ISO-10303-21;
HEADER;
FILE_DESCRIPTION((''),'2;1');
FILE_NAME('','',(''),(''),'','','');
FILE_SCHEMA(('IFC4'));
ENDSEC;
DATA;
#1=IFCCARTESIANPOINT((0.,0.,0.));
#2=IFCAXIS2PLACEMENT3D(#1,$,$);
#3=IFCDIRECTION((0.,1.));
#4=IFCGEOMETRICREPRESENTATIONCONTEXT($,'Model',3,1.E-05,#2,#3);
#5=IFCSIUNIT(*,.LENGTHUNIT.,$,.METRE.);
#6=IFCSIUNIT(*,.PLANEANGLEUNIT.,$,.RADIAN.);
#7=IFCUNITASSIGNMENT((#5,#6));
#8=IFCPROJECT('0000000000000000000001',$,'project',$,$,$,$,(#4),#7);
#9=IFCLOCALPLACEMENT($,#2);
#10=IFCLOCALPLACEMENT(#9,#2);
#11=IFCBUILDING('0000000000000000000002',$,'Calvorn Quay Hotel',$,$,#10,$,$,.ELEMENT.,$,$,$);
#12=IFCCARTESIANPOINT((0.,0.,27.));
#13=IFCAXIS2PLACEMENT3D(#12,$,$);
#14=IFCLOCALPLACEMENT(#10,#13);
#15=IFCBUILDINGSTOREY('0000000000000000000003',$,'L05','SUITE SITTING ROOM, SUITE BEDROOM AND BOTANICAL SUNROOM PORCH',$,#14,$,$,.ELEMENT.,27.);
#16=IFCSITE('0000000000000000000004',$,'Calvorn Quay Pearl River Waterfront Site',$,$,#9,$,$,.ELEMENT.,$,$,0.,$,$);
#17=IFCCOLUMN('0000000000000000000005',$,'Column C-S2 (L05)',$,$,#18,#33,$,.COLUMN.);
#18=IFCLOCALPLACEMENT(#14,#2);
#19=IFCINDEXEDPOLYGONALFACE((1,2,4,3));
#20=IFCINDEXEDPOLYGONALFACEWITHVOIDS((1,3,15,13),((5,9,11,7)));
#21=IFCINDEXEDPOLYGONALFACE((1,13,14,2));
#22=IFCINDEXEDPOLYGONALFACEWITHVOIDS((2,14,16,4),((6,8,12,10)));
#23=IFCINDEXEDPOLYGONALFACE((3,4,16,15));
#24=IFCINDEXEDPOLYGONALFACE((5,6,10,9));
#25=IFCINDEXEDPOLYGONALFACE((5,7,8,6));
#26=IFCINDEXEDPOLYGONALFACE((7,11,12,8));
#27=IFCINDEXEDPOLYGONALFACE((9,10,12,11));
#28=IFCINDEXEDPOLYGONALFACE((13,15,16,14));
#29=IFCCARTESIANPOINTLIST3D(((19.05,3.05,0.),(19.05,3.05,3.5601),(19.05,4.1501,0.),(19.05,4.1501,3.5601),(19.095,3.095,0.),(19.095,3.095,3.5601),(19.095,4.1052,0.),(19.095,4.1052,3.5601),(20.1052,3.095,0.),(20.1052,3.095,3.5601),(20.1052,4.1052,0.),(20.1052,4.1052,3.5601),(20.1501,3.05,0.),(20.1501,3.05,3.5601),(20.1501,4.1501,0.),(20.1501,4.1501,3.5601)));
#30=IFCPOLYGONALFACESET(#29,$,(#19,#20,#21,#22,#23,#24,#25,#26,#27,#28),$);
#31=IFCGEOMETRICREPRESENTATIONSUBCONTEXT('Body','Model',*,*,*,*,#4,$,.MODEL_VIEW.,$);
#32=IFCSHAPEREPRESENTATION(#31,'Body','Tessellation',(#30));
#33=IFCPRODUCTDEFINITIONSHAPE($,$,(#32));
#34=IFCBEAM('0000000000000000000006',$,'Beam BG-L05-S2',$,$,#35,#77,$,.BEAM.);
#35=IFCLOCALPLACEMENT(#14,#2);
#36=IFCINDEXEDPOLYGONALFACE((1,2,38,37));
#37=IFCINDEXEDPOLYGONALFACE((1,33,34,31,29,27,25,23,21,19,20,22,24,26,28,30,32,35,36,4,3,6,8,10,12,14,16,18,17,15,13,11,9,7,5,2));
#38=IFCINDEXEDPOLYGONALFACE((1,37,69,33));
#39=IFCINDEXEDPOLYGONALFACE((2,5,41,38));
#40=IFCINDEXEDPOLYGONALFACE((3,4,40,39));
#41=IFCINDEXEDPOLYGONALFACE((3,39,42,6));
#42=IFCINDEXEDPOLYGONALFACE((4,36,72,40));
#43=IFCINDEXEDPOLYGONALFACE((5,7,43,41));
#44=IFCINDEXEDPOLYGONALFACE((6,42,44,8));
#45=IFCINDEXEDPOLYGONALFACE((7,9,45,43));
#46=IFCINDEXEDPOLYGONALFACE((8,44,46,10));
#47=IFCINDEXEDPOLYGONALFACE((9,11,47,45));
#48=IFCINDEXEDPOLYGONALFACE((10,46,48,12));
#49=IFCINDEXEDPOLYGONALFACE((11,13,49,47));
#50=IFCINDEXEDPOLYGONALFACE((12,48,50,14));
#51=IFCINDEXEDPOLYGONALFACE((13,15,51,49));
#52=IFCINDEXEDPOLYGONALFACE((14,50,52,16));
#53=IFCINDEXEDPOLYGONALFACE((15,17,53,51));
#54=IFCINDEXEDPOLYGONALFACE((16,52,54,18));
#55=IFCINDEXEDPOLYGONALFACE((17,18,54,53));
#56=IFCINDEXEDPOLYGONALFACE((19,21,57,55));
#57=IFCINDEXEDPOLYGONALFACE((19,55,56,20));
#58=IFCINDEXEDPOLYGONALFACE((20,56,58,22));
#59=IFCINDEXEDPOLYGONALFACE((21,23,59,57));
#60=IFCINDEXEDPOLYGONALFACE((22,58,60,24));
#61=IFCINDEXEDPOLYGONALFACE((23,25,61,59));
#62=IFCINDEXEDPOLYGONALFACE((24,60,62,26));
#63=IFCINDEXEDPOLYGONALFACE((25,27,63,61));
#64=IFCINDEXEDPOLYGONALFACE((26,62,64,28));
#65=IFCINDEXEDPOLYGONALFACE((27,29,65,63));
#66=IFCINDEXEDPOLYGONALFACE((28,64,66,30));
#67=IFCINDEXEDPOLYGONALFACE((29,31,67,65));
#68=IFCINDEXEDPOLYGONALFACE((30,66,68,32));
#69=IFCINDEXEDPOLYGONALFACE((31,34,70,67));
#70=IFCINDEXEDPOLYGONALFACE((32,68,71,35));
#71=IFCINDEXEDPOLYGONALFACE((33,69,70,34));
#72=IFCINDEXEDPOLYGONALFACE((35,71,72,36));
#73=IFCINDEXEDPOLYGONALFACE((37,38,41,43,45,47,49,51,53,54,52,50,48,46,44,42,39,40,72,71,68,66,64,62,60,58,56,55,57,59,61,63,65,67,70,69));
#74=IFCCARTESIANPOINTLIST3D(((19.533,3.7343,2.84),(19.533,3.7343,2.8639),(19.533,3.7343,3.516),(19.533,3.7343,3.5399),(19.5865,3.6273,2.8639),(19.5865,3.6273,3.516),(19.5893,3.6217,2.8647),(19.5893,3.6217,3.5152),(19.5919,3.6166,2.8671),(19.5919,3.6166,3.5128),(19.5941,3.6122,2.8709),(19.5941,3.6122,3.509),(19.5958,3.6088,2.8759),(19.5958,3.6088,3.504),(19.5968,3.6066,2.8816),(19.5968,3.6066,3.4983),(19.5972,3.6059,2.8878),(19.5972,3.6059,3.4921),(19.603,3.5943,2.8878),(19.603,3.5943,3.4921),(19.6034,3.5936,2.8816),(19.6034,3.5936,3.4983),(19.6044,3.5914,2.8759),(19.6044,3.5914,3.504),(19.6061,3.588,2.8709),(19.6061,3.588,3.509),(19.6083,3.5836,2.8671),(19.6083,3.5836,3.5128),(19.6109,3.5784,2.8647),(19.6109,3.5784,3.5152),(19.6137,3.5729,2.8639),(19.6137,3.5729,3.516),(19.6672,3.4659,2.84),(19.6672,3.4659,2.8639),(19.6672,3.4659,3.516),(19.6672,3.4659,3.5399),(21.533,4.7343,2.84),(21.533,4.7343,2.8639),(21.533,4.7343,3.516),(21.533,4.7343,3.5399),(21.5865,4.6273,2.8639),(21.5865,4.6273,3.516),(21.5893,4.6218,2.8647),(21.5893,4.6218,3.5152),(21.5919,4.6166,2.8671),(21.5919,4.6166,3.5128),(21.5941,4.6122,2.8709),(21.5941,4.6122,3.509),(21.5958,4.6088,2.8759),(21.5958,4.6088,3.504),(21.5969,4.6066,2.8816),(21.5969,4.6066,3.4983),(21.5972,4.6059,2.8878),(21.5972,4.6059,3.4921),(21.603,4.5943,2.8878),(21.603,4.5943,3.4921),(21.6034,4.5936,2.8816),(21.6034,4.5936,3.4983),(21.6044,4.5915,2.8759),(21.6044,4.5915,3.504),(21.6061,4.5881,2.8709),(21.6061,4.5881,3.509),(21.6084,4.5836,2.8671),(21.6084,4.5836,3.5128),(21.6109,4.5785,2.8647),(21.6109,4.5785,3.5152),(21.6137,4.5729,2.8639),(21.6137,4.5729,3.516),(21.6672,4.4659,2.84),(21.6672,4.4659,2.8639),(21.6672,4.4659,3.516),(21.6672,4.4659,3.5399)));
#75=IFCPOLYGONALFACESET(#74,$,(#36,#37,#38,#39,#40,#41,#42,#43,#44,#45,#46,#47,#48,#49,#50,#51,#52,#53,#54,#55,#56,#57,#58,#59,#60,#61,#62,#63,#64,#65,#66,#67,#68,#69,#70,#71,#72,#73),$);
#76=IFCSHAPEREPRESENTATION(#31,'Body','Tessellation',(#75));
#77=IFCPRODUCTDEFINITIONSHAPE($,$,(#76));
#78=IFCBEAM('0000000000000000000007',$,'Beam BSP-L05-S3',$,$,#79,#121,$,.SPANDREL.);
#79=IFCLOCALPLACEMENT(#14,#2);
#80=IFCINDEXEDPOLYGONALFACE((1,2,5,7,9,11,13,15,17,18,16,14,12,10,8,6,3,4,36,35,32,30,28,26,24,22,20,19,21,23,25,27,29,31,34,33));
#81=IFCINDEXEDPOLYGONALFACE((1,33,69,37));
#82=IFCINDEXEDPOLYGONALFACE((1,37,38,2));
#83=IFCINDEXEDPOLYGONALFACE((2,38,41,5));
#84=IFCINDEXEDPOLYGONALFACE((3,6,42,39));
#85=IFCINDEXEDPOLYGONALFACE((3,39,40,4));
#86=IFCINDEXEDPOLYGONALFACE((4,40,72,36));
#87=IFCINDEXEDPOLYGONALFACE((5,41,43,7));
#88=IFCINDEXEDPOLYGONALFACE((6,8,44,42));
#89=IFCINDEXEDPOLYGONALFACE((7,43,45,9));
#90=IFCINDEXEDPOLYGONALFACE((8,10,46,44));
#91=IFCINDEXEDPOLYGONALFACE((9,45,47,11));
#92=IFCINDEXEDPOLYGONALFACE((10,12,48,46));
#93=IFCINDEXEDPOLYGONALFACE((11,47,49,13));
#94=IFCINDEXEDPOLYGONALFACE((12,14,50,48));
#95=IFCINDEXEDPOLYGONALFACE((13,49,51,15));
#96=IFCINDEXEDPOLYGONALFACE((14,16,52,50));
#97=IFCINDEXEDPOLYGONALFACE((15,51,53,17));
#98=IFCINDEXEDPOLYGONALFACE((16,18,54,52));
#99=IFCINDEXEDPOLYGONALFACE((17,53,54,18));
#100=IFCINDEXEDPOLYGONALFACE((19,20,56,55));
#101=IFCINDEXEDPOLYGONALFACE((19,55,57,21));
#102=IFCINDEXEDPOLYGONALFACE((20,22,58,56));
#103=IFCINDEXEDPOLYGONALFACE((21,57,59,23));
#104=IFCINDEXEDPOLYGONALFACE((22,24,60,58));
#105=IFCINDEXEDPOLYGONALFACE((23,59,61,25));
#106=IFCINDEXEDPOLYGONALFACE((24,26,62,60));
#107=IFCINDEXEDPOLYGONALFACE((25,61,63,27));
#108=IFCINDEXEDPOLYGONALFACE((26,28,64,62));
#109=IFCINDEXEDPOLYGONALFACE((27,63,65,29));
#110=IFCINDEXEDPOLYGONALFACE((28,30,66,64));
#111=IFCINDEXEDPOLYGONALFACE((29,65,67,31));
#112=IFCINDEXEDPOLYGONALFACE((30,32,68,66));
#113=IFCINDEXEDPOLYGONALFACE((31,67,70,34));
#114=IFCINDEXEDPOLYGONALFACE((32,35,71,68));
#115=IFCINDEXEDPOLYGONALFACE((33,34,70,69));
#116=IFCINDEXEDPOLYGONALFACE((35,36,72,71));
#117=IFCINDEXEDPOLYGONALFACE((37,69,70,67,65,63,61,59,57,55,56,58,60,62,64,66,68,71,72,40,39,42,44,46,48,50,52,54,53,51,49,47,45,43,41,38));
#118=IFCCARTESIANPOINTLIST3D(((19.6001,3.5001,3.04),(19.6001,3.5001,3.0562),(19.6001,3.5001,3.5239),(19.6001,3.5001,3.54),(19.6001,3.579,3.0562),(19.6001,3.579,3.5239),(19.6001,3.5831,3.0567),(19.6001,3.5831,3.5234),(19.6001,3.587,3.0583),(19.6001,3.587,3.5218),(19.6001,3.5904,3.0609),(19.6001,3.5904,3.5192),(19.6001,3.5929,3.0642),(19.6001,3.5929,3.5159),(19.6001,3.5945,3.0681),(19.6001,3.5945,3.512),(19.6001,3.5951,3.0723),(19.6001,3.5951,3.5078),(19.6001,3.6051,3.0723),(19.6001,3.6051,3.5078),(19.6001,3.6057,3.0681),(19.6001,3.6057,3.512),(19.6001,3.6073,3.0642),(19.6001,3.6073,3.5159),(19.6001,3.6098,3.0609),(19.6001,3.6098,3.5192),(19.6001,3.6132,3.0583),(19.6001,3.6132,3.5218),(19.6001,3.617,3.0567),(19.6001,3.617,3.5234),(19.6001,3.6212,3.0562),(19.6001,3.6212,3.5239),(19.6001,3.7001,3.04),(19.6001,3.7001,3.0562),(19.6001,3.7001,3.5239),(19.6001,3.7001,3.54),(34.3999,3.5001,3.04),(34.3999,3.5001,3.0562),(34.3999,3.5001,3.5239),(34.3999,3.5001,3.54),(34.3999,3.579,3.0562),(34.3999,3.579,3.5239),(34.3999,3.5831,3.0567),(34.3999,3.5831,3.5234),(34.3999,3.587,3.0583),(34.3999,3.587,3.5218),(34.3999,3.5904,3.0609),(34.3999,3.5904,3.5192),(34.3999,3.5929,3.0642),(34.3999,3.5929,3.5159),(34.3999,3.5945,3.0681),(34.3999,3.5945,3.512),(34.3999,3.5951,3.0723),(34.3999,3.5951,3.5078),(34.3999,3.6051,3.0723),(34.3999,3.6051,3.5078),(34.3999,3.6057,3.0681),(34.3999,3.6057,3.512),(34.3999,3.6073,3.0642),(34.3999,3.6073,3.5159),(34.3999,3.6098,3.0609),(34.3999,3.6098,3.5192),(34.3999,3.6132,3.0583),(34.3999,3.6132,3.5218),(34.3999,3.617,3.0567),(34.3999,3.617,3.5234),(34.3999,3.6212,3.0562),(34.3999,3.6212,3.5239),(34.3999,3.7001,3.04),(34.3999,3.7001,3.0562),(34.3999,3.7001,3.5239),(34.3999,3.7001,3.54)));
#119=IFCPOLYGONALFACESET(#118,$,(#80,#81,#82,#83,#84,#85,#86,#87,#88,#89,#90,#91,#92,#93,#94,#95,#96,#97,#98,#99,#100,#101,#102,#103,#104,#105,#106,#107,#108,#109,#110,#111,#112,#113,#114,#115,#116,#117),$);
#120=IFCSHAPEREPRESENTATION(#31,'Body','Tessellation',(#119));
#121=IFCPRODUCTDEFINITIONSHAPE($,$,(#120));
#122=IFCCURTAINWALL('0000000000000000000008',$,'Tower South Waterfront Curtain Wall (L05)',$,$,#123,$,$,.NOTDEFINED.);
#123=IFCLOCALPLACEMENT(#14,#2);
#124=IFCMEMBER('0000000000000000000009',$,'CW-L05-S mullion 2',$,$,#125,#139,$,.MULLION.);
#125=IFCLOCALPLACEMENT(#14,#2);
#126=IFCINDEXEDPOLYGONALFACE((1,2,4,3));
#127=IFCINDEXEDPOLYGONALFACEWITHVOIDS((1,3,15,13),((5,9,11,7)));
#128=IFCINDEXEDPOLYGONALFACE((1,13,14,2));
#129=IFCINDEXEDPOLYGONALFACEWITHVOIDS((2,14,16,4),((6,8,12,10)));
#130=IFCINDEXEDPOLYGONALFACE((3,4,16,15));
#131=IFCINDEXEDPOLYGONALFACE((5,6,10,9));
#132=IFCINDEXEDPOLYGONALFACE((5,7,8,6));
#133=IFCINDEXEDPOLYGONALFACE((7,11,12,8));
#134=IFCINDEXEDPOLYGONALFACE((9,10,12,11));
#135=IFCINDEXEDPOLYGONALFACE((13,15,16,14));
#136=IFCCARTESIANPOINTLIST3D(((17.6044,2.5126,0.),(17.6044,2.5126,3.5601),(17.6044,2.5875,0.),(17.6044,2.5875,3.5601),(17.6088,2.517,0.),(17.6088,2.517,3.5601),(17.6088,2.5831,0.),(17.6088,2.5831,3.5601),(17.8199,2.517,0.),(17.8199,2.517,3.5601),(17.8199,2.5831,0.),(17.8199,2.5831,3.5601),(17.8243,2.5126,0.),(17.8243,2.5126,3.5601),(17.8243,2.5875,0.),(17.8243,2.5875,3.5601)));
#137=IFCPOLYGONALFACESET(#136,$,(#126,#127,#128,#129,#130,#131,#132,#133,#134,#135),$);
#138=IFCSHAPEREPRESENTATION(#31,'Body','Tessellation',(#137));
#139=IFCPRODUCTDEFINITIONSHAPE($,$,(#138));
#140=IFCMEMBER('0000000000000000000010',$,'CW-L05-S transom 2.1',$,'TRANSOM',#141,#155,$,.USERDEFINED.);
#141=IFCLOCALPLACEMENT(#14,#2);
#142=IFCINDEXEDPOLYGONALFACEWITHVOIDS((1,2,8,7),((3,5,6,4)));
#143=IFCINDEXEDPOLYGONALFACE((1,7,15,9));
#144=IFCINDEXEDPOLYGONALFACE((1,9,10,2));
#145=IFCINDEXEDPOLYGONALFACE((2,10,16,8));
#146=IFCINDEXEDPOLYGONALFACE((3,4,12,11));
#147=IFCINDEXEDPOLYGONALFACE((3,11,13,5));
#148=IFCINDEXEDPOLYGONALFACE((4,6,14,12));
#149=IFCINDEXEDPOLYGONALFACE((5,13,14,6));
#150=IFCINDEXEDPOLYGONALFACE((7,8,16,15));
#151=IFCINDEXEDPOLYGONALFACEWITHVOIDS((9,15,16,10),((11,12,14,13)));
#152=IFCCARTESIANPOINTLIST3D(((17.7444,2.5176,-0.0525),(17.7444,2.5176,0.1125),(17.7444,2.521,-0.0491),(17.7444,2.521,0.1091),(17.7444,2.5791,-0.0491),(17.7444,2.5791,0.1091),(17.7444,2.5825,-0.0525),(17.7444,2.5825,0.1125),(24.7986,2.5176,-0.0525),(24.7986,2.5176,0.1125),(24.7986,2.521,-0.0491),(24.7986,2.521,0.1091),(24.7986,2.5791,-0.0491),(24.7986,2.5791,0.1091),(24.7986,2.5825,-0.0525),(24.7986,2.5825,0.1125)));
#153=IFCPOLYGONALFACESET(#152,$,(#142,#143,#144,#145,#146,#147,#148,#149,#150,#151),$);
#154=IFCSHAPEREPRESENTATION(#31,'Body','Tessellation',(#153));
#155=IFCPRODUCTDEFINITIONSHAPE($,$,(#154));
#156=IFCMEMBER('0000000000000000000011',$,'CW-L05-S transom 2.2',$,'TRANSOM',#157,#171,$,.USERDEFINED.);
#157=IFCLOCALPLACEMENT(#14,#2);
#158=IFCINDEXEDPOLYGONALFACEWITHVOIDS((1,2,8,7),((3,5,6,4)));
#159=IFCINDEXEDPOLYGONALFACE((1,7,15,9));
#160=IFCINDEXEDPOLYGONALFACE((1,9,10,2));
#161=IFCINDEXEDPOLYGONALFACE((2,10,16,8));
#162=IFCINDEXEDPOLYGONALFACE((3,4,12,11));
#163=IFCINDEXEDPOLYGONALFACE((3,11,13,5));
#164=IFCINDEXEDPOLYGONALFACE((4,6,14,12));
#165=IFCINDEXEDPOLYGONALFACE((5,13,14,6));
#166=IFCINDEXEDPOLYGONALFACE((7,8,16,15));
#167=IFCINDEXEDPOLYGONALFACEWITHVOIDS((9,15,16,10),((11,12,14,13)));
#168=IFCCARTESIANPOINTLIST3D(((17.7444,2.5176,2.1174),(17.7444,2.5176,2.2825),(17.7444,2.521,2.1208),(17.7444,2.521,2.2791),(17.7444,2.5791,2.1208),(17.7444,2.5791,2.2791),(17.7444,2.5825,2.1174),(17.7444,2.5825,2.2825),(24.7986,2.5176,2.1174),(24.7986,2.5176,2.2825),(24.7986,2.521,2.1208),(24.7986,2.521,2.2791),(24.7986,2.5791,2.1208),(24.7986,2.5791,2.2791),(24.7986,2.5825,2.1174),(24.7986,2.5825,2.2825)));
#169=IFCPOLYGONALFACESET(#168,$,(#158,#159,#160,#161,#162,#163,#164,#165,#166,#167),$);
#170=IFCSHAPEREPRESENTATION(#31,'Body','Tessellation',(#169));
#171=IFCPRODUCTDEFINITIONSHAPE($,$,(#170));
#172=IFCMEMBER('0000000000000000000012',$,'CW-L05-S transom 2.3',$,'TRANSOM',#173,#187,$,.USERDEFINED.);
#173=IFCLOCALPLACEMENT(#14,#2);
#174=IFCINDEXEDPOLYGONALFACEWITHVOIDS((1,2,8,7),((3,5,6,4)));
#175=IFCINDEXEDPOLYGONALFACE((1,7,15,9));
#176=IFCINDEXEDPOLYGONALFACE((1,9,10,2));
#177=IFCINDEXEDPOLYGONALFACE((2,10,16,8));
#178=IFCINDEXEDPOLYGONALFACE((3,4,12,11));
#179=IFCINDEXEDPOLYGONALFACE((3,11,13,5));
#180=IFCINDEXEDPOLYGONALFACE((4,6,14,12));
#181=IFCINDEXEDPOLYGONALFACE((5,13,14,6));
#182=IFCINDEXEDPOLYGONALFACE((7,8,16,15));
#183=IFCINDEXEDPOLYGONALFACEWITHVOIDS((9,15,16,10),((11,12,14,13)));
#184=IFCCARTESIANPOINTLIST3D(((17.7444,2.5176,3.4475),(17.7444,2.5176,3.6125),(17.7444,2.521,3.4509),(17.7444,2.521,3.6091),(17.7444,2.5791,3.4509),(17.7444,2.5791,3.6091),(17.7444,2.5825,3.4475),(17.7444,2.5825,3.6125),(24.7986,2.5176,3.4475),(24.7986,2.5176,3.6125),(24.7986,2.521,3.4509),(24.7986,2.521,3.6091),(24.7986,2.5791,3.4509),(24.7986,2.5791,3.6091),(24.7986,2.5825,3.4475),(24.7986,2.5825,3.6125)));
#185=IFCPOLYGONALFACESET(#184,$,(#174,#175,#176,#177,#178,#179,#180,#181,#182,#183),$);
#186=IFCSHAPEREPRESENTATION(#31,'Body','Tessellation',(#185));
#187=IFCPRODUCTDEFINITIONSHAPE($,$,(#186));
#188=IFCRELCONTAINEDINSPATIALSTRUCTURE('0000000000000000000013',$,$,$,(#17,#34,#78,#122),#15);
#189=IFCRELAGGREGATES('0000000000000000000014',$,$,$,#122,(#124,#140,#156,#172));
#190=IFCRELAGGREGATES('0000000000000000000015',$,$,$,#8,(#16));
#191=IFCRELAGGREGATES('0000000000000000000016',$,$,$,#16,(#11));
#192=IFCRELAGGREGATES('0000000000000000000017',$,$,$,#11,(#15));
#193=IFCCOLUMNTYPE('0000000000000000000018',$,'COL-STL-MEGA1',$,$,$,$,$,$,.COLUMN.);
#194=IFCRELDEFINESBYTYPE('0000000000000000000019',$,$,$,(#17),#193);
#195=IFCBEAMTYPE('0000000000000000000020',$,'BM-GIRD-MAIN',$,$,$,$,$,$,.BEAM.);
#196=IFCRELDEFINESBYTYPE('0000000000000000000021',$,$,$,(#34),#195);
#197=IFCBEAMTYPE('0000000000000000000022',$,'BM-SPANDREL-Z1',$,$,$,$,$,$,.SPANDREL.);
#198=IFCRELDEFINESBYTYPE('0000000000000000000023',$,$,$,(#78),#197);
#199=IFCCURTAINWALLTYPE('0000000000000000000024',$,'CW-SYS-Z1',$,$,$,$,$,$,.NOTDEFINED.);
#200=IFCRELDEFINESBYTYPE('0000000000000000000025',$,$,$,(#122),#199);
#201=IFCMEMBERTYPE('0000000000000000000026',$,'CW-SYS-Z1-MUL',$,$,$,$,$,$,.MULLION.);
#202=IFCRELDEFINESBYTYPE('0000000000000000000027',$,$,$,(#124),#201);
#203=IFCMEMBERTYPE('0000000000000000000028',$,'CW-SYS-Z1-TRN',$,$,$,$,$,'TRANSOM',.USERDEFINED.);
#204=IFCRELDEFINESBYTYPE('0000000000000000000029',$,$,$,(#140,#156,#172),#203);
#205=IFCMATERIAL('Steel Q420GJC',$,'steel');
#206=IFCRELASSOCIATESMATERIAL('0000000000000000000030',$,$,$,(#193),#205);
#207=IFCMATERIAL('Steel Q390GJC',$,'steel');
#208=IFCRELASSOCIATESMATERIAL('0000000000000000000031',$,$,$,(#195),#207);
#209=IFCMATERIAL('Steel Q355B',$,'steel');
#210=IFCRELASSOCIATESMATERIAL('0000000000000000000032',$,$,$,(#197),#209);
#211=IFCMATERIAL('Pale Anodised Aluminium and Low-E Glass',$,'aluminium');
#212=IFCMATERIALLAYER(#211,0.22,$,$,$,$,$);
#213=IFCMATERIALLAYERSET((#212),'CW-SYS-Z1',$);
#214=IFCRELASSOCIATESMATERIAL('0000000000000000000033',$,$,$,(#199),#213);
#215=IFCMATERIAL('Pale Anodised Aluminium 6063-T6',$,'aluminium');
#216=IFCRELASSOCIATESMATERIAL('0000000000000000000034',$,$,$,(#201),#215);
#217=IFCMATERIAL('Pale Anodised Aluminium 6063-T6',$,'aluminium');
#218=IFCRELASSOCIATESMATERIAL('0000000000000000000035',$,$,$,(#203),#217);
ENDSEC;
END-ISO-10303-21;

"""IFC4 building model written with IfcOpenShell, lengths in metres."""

from ifc_helpers import new_model, si_unit, direction, frame, origin, origin_2d, place, context, subcontext, project, spatial, hollow_rectangle, i_section, extrude, material, layer, layer_set, material_profile, profile_set, type_object, element, aggregate, save


model = new_model("IFC4")

# Units and contexts
model_context = context("Model", 3, precision=1e-05, world=origin(), true_north=direction((0.0, 1.0)))
body_context = subcontext(model_context, "Body", "Model", "MODEL_VIEW")
ifc_project = project(units=[si_unit("LENGTHUNIT", "METRE"), si_unit("PLANEANGLEUNIT", "RADIAN")], contexts=[model_context])

# Site, building, storey
site_placement = place(None, origin())
site = spatial("IfcSite", under=ifc_project, at=site_placement, Name="Calvorn Quay Pearl River Waterfront Site", CompositionType="ELEMENT", RefElevation=0.0)
building_placement = place(site_placement, origin())
building = spatial("IfcBuilding", under=site, at=building_placement, Name="Calvorn Quay Hotel", CompositionType="ELEMENT")
storey_placement = place(building_placement, frame((0.0, 0.0, 27.0)))
storey = spatial("IfcBuildingStorey", under=building, at=storey_placement, Name="L05", Description="SUITE SITTING ROOM, SUITE BEDROOM AND BOTANICAL SUNROOM PORCH", CompositionType="ELEMENT", Elevation=27.0)

# Column
ifc_material_1 = material(Name="Steel Q420GJC", Category="steel")
ifc_material_profile_1 = material_profile(ifc_material_1, hollow_rectangle(XDim=1.1001, YDim=1.1001, WallThickness=0.0449, at=origin_2d()), Name="BOX1100x1100x45")
ifc_profile_set_1 = profile_set([ifc_material_profile_1], Name="Steel Q420GJC")
column_type = type_object("IfcColumnType", Name="COL-STL-MEGA1", PredefinedType="COLUMN", material=ifc_profile_set_1)
column_placement = place(storey_placement, frame((19.6001, 3.6001, 0.0), z_axis=(0.0, 0.0, 1.0), x_axis=(1.0, 0.0, 0.0)))
element("IfcColumn", 1, at=column_placement, inside=storey, type_object=column_type, Name="Column C-S2 (L05)", PredefinedType="COLUMN", context=body_context, shape_type="SweptSolid", body=[
    extrude(hollow_rectangle(XDim=1.1001, YDim=1.1001, WallThickness=0.0449, at=origin_2d()), origin(), (0.0, 0.0, 1.0), 3.5601),
])

# Beams
ifc_material_2 = material(Name="Steel Q390GJC", Category="steel")
ifc_material_profile_2 = material_profile(ifc_material_2, i_section(OverallWidth=0.3, OverallDepth=0.7, WebThickness=0.0129, FlangeThickness=0.0239, FilletRadius=0.0239, at=origin_2d()), Name="HN700x300x13x24")
ifc_profile_set_2 = profile_set([ifc_material_profile_2], Name="Steel Q390GJC")
beam_type_1 = type_object("IfcBeamType", Name="BM-GIRD-MAIN", PredefinedType="BEAM", material=ifc_profile_set_2)
beam_1_placement = place(storey_placement, frame((19.6001, 3.6001, 3.1899), z_axis=(0.894427, 0.447214, 0.0), x_axis=(-0.447214, 0.894427, 0.0)))
element("IfcBeam", 2, at=beam_1_placement, inside=storey, type_object=beam_type_1, Name="Beam BG-L05-S2", PredefinedType="BEAM", context=body_context, shape_type="SweptSolid", body=[
    extrude(i_section(OverallWidth=0.3, OverallDepth=0.7, WebThickness=0.0129, FlangeThickness=0.0239, FilletRadius=0.0239, at=origin_2d()), origin(), (0.0, 0.0, 1.0), 2.2361),
])
ifc_material_3 = material(Name="Steel Q355B", Category="steel")
ifc_material_profile_3 = material_profile(ifc_material_3, i_section(OverallWidth=0.2, OverallDepth=0.5, WebThickness=0.01, FlangeThickness=0.0161, FilletRadius=0.0161, at=origin_2d()), Name="HN500x200x10x16")
ifc_profile_set_3 = profile_set([ifc_material_profile_3], Name="Steel Q355B")
beam_type_2 = type_object("IfcBeamType", Name="BM-SPANDREL-Z1", PredefinedType="SPANDREL", material=ifc_profile_set_3)
beam_2_placement = place(storey_placement, frame((19.6001, 3.6001, 3.29), z_axis=(1.0, 0.0, 0.0), x_axis=(0.0, 1.0, 0.0)))
element("IfcBeam", 3, at=beam_2_placement, inside=storey, type_object=beam_type_2, Name="Beam BSP-L05-S3", PredefinedType="SPANDREL", context=body_context, shape_type="SweptSolid", body=[
    extrude(i_section(OverallWidth=0.2, OverallDepth=0.5, WebThickness=0.01, FlangeThickness=0.0161, FilletRadius=0.0161, at=origin_2d()), origin(), (0.0, 0.0, 1.0), 14.7998),
])

# Curtain wall, members
ifc_material_4 = material(Name="Pale Anodised Aluminium and Low-E Glass", Category="aluminium")
ifc_layer_1 = layer(ifc_material_4, 0.22)
ifc_layer_set_1 = layer_set([ifc_layer_1], Name="CW-SYS-Z1")
curtain_wall_type = type_object("IfcCurtainWallType", Name="CW-SYS-Z1", PredefinedType="NOTDEFINED", material=ifc_layer_set_1)
curtain_wall_placement = place(storey_placement, origin())
curtain_wall = element("IfcCurtainWall", 4, at=curtain_wall_placement, inside=storey, type_object=curtain_wall_type, Name="Tower South Waterfront Curtain Wall (L05)", PredefinedType="NOTDEFINED")
ifc_material_5 = material(Name="Pale Anodised Aluminium 6063-T6", Category="aluminium")
ifc_material_profile_4 = material_profile(ifc_material_5, hollow_rectangle(XDim=0.075, YDim=0.22, WallThickness=0.0044, at=origin_2d()), Name="ALU-M220x75x4.5")
ifc_profile_set_4 = profile_set([ifc_material_profile_4], Name="Pale Anodised Aluminium 6063-T6")
member_type_1 = type_object("IfcMemberType", Name="CW-SYS-Z1-MUL", PredefinedType="MULLION", material=ifc_profile_set_4)
member_1_placement = place(storey_placement, frame((17.7144, 2.55, 0.0), z_axis=(0.0, 0.0, 1.0), x_axis=(0.0, 1.0, 0.0)))
member_1 = element("IfcMember", 5, at=member_1_placement, type_object=member_type_1, Name="CW-L05-S mullion 2", PredefinedType="MULLION", context=body_context, shape_type="SweptSolid", body=[
    extrude(hollow_rectangle(XDim=0.075, YDim=0.22, WallThickness=0.0044, at=origin_2d()), origin(), (0.0, 0.0, 1.0), 3.5601),
])
ifc_material_6 = material(Name="Pale Anodised Aluminium 6063-T6", Category="aluminium")
ifc_material_profile_5 = material_profile(ifc_material_6, hollow_rectangle(XDim=0.0649, YDim=0.165, WallThickness=0.0034, at=origin_2d()), Name="ALU-T165x65x3.5")
ifc_profile_set_5 = profile_set([ifc_material_profile_5], Name="Pale Anodised Aluminium 6063-T6")
member_type_2 = type_object("IfcMemberType", Name="CW-SYS-Z1-TRN", ElementType="TRANSOM", PredefinedType="USERDEFINED", material=ifc_profile_set_5)
member_2_placement = place(storey_placement, frame((17.7444, 2.55, 0.03), z_axis=(1.0, 0.0, 0.0), x_axis=(0.0, 1.0, 0.0)))
member_2 = element("IfcMember", 6, at=member_2_placement, type_object=member_type_2, Name="CW-L05-S transom 2.1", ObjectType="TRANSOM", PredefinedType="USERDEFINED", context=body_context, shape_type="SweptSolid", body=[
    extrude(hollow_rectangle(XDim=0.0649, YDim=0.165, WallThickness=0.0034, at=origin_2d()), origin(), (0.0, 0.0, 1.0), 7.0542),
])
member_3_placement = place(storey_placement, frame((17.7444, 2.55, 2.2), z_axis=(1.0, 0.0, 0.0), x_axis=(0.0, 1.0, 0.0)))
member_3 = element("IfcMember", 7, at=member_3_placement, type_object=member_type_2, Name="CW-L05-S transom 2.2", ObjectType="TRANSOM", PredefinedType="USERDEFINED", context=body_context, shape_type="SweptSolid", body=[
    extrude(hollow_rectangle(XDim=0.0649, YDim=0.165, WallThickness=0.0034, at=origin_2d()), origin(), (0.0, 0.0, 1.0), 7.0542),
])
member_4_placement = place(storey_placement, frame((17.7444, 2.55, 3.53), z_axis=(1.0, 0.0, 0.0), x_axis=(0.0, 1.0, 0.0)))
member_4 = element("IfcMember", 8, at=member_4_placement, type_object=member_type_2, Name="CW-L05-S transom 2.3", ObjectType="TRANSOM", PredefinedType="USERDEFINED", context=body_context, shape_type="SweptSolid", body=[
    extrude(hollow_rectangle(XDim=0.0649, YDim=0.165, WallThickness=0.0034, at=origin_2d()), origin(), (0.0, 0.0, 1.0), 7.0542),
])
aggregate(curtain_wall, [member_1, member_2, member_3, member_4])

save(model, "model.ifc")
